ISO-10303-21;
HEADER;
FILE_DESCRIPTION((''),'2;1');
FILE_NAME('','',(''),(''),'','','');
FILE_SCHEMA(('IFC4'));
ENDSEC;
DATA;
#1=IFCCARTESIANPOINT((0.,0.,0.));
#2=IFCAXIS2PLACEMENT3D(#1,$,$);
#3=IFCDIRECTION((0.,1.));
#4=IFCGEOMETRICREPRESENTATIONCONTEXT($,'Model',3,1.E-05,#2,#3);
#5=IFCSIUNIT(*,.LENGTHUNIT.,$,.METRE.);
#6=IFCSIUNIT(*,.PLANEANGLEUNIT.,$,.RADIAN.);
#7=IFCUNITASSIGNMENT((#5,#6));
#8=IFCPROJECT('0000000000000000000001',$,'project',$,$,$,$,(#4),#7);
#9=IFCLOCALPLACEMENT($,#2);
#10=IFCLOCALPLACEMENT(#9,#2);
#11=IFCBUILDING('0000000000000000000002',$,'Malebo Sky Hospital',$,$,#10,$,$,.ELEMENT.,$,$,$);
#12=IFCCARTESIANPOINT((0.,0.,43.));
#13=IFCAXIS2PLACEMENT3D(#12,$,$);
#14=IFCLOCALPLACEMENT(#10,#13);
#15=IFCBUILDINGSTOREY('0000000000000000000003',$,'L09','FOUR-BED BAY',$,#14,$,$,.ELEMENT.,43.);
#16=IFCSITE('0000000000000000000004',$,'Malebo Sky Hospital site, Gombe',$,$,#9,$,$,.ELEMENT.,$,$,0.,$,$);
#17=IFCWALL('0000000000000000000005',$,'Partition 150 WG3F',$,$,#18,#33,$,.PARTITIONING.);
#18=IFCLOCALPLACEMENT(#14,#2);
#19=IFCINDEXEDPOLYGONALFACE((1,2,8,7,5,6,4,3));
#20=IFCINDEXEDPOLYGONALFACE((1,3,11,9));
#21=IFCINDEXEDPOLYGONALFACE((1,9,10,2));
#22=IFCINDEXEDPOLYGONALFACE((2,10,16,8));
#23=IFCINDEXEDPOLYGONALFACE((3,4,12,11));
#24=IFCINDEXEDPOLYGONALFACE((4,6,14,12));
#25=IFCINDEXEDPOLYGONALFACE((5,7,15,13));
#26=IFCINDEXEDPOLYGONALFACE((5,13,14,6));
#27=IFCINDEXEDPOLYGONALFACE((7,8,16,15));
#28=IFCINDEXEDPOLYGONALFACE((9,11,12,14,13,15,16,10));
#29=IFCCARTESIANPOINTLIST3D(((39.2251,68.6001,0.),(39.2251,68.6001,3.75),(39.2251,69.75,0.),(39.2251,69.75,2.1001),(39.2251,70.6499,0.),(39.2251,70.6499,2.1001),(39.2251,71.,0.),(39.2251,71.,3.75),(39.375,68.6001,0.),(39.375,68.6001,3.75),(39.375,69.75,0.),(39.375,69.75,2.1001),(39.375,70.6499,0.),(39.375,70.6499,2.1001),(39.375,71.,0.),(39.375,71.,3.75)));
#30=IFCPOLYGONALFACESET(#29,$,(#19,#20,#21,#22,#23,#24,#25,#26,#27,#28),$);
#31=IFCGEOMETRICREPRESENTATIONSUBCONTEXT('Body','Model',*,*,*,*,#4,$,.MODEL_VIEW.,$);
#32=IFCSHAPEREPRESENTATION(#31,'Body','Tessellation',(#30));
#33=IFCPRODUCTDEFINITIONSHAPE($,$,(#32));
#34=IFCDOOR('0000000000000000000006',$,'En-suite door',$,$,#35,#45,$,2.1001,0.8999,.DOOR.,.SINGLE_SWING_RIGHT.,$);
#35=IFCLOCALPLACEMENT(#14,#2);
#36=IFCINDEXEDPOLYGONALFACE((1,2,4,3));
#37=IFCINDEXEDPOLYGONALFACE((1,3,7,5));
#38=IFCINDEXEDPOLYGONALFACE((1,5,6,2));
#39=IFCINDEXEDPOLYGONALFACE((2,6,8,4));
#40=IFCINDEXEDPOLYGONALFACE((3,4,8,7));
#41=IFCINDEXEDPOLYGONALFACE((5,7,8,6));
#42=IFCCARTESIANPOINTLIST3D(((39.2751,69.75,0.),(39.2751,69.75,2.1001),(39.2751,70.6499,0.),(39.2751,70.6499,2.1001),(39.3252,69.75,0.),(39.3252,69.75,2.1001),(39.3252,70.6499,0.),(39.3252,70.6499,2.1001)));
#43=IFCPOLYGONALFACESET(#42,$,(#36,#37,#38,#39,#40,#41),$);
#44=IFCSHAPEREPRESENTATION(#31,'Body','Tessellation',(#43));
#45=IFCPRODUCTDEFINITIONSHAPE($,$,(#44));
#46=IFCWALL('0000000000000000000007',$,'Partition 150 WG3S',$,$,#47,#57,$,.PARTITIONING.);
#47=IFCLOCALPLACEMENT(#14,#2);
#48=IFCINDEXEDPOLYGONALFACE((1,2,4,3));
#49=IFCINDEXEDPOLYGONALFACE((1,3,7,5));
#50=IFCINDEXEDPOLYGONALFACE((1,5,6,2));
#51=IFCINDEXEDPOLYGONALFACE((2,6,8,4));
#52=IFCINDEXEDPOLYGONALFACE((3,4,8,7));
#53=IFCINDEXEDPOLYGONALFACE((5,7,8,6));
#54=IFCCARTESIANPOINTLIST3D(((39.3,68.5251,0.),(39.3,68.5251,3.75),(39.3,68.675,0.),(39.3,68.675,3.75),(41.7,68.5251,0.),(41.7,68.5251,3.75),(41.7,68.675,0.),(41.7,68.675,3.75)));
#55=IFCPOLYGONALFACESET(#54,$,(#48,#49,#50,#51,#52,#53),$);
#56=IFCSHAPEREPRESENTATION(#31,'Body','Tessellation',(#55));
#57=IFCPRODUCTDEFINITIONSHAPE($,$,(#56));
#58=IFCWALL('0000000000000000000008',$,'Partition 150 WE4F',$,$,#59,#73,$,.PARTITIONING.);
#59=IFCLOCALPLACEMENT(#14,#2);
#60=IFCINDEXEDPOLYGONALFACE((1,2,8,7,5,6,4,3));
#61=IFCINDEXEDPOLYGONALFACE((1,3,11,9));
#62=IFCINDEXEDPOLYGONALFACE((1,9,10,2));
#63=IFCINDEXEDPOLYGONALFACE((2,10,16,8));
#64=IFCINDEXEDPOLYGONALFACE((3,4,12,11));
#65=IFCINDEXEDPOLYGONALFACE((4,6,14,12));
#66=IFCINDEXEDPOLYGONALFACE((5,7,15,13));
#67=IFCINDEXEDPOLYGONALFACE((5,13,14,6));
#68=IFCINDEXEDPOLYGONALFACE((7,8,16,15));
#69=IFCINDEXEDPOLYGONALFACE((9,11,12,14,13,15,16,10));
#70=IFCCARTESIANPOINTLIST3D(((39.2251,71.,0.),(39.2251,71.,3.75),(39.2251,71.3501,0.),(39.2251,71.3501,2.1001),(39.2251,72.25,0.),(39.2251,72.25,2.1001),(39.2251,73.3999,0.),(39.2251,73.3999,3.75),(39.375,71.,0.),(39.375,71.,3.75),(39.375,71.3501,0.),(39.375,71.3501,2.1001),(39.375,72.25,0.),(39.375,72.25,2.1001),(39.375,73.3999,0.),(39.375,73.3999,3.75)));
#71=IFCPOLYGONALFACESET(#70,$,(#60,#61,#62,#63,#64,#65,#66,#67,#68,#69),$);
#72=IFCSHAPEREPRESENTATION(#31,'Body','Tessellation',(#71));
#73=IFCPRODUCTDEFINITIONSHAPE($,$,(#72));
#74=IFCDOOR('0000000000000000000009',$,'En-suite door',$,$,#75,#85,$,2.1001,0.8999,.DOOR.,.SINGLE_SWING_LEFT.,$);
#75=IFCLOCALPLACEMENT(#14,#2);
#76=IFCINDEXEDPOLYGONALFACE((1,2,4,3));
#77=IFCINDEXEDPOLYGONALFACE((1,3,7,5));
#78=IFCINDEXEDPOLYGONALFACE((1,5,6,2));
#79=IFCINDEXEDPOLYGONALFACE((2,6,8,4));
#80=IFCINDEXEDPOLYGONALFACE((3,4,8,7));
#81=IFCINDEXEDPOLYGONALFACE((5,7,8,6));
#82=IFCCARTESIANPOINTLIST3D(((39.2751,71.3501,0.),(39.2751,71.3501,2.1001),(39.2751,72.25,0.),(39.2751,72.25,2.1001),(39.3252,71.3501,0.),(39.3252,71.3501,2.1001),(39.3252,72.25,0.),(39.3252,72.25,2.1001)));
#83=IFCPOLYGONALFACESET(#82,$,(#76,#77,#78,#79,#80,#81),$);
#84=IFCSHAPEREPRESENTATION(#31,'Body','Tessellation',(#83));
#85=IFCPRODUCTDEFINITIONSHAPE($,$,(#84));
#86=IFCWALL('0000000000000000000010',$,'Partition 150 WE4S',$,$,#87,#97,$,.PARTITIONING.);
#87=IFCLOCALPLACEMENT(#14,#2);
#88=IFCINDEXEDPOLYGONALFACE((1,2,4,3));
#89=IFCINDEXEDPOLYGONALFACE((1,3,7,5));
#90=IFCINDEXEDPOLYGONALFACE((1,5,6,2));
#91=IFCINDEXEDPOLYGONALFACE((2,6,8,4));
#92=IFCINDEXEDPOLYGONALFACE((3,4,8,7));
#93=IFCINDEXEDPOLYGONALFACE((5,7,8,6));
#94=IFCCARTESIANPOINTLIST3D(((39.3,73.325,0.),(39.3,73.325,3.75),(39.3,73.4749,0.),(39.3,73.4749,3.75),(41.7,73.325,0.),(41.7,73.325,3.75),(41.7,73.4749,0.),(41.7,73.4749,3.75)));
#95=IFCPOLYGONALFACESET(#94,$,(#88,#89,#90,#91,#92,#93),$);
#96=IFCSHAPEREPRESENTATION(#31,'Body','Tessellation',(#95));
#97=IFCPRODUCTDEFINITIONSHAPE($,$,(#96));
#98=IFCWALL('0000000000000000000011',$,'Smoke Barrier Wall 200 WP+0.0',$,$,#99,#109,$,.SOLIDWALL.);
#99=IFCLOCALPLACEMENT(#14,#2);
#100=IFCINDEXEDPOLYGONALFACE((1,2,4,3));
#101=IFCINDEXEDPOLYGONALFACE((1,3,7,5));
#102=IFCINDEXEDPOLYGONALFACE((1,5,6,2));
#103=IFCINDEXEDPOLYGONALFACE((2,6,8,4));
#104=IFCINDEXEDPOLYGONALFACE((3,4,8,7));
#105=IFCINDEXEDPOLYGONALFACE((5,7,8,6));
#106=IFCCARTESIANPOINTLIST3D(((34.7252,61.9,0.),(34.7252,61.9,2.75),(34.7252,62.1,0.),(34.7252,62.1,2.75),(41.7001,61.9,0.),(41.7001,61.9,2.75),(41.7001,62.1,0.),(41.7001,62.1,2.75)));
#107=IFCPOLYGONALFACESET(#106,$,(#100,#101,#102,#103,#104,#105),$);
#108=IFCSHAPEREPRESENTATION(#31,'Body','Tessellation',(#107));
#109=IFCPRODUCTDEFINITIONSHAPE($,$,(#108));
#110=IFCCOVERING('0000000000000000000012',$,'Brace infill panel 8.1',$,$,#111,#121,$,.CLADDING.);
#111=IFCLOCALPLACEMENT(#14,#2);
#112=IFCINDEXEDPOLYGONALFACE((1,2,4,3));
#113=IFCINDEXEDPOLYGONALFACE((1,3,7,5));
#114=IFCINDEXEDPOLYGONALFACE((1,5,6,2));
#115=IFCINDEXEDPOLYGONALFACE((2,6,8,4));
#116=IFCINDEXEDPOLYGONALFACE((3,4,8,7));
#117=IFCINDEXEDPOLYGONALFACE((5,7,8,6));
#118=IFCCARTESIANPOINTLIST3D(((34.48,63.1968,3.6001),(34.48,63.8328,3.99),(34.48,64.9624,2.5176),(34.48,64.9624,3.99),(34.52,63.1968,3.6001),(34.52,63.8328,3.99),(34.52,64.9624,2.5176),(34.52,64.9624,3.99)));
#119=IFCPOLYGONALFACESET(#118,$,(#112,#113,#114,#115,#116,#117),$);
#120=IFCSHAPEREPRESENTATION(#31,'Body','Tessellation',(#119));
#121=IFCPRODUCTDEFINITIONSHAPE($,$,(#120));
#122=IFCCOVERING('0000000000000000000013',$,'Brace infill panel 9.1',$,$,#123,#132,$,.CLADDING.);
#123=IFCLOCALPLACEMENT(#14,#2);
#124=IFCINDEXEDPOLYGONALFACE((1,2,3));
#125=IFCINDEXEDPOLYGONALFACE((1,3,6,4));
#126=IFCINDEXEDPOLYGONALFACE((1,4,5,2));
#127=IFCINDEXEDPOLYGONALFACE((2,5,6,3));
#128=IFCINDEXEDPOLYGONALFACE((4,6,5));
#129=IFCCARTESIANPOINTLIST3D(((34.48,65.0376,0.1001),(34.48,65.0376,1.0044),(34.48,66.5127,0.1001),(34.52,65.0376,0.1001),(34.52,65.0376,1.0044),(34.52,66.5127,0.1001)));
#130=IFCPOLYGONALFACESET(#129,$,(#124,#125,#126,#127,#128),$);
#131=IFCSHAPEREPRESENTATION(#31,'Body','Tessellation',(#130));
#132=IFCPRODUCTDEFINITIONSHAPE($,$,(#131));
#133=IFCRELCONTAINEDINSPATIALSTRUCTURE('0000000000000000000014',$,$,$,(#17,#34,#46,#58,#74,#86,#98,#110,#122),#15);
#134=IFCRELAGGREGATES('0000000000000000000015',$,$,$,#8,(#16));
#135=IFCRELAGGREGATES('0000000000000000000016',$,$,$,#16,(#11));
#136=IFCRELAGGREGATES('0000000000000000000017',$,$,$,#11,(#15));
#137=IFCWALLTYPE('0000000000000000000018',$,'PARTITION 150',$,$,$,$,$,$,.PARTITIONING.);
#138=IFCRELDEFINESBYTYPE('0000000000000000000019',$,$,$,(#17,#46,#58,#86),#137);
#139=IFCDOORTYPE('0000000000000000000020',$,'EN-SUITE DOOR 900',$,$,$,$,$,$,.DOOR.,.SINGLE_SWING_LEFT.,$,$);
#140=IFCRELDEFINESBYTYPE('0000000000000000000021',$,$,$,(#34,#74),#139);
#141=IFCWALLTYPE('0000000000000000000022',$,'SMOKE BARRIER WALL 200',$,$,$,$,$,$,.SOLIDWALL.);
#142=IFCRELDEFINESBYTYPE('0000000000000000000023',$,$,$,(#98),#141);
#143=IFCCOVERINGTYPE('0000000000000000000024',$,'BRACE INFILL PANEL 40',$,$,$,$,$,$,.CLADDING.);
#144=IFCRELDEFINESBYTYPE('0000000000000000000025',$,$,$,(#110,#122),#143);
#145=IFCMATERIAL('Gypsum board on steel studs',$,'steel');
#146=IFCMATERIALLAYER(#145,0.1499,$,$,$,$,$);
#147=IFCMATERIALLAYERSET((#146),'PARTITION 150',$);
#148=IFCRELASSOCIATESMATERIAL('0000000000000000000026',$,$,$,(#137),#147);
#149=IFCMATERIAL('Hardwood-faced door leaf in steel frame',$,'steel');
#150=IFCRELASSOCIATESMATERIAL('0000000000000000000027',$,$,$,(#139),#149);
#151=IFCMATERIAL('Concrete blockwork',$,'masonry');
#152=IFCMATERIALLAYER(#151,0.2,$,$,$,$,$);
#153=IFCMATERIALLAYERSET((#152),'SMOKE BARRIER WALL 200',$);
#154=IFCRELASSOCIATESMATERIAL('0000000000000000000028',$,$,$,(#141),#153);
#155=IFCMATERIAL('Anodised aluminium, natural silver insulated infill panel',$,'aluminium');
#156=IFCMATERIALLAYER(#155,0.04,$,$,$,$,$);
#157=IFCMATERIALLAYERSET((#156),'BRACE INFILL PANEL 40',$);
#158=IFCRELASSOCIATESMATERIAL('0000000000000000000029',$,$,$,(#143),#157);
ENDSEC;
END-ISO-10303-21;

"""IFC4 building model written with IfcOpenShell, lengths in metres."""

from ifc_helpers import new_model, si_unit, direction, frame, frame_2d, origin, place, context, subcontext, project, spatial, polyline, rectangle, outline, extrude, material, layer, layer_set, type_object, element, fill, save


model = new_model("IFC4")

# Units and contexts
model_context = context("Model", 3, precision=1e-05, world=origin(), true_north=direction((0.0, 1.0)))
body_context = subcontext(model_context, "Body", "Model", "MODEL_VIEW")
ifc_project = project(units=[si_unit("LENGTHUNIT", "METRE"), si_unit("PLANEANGLEUNIT", "RADIAN")], contexts=[model_context])

# Site, building, storey
site_placement = place(None, origin())
site = spatial("IfcSite", under=ifc_project, at=site_placement, Name="Malebo Sky Hospital site, Gombe", CompositionType="ELEMENT", RefElevation=0.0)
building_placement = place(site_placement, origin())
building = spatial("IfcBuilding", under=site, at=building_placement, Name="Malebo Sky Hospital", CompositionType="ELEMENT")
storey_placement = place(building_placement, frame((0.0, 0.0, 43.0)))
storey = spatial("IfcBuildingStorey", under=building, at=storey_placement, Name="L09", Description="FOUR-BED BAY", CompositionType="ELEMENT", Elevation=43.0)

# Shared definitions
ifc_material_1 = material(Name="Gypsum board on steel studs", Category="steel")
ifc_layer_1 = layer(ifc_material_1, 0.1499)
ifc_layer_set_1 = layer_set([ifc_layer_1], Name="PARTITION 150")
wall_type_1 = type_object("IfcWallType", Name="PARTITION 150", PredefinedType="PARTITIONING", material=ifc_layer_set_1)

# Shared definitions
ifc_material_2 = material(Name="Hardwood-faced door leaf in steel frame", Category="steel")
door_type = type_object("IfcDoorType", Name="EN-SUITE DOOR 900", OperationType="SINGLE_SWING_LEFT", PredefinedType="DOOR", material=ifc_material_2)

# Wall, opening, door
wall_1_placement = place(storey_placement, frame((39.3, 68.6001, 0.0), z_axis=(0.0, 0.0, 1.0), x_axis=(0.0, 1.0, 0.0)))
wall_1 = element("IfcWall", 1, at=wall_1_placement, inside=storey, type_object=wall_type_1, Name="Partition 150 WG3F", PredefinedType="PARTITIONING", context=body_context, shape_type="SweptSolid", body=[
    extrude(rectangle(XDim=2.3999, YDim=0.1499, at=frame_2d((1.2, 0.0))), origin(), (0.0, 0.0, 1.0), 3.75),
])
opening_1_placement = place(wall_1_placement, frame((1.1499, 0.0, 0.0)))
opening_1 = element("IfcOpeningElement", 2, at=opening_1_placement, cuts=wall_1, PredefinedType="OPENING", context=body_context, shape_type="SweptSolid", body=[
    extrude(rectangle(XDim=0.8999, YDim=2.1001, at=frame_2d((0.45, 1.05))), frame((0.0, 0.085, 0.0), z_axis=(0.0, -1.0, 0.0), x_axis=(1.0, 0.0, 0.0)), (0.0, 0.0, 1.0), 0.1699),
])
door_1_placement = place(opening_1_placement, origin())
door_1 = element("IfcDoor", 3, at=door_1_placement, inside=storey, type_object=door_type, Name="En-suite door", OperationType="SINGLE_SWING_RIGHT", OverallHeight=2.1001, OverallWidth=0.8999, PredefinedType="DOOR", context=body_context, shape_type="SweptSolid", body=[
    extrude(rectangle(XDim=0.8999, YDim=2.1001, at=frame_2d((0.45, 1.05))), frame((0.0, 0.0249, 0.0), z_axis=(0.0, -1.0, 0.0), x_axis=(1.0, 0.0, 0.0)), (0.0, 0.0, 1.0), 0.05),
])
fill(opening_1, door_1)

# Wall
wall_2_placement = place(storey_placement, frame((41.7, 68.6001, 0.0), z_axis=(0.0, 0.0, 1.0), x_axis=(-1.0, 0.0, 0.0)))
element("IfcWall", 4, at=wall_2_placement, inside=storey, type_object=wall_type_1, Name="Partition 150 WG3S", PredefinedType="PARTITIONING", context=body_context, shape_type="SweptSolid", body=[
    extrude(rectangle(XDim=2.3999, YDim=0.1499, at=frame_2d((1.2, 0.0))), origin(), (0.0, 0.0, 1.0), 3.75),
])

# Wall, opening, door
wall_3_placement = place(storey_placement, frame((39.3, 71.0, 0.0), z_axis=(0.0, 0.0, 1.0), x_axis=(0.0, 1.0, 0.0)))
wall_3 = element("IfcWall", 5, at=wall_3_placement, inside=storey, type_object=wall_type_1, Name="Partition 150 WE4F", PredefinedType="PARTITIONING", context=body_context, shape_type="SweptSolid", body=[
    extrude(rectangle(XDim=2.3999, YDim=0.1499, at=frame_2d((1.2, 0.0))), origin(), (0.0, 0.0, 1.0), 3.75),
])
opening_2_placement = place(wall_3_placement, frame((0.3501, 0.0, 0.0)))
opening_2 = element("IfcOpeningElement", 6, at=opening_2_placement, cuts=wall_3, PredefinedType="OPENING", context=body_context, shape_type="SweptSolid", body=[
    extrude(rectangle(XDim=0.8999, YDim=2.1001, at=frame_2d((0.45, 1.05))), frame((0.0, 0.085, 0.0), z_axis=(0.0, -1.0, 0.0), x_axis=(1.0, 0.0, 0.0)), (0.0, 0.0, 1.0), 0.1699),
])
door_2_placement = place(opening_2_placement, origin())
door_2 = element("IfcDoor", 7, at=door_2_placement, inside=storey, type_object=door_type, Name="En-suite door", OperationType="SINGLE_SWING_LEFT", OverallHeight=2.1001, OverallWidth=0.8999, PredefinedType="DOOR", context=body_context, shape_type="SweptSolid", body=[
    extrude(rectangle(XDim=0.8999, YDim=2.1001, at=frame_2d((0.45, 1.05))), frame((0.0, 0.0249, 0.0), z_axis=(0.0, -1.0, 0.0), x_axis=(1.0, 0.0, 0.0)), (0.0, 0.0, 1.0), 0.05),
])
fill(opening_2, door_2)

# Walls
wall_4_placement = place(storey_placement, frame((41.7, 73.3999, 0.0), z_axis=(0.0, 0.0, 1.0), x_axis=(-1.0, 0.0, 0.0)))
element("IfcWall", 8, at=wall_4_placement, inside=storey, type_object=wall_type_1, Name="Partition 150 WE4S", PredefinedType="PARTITIONING", context=body_context, shape_type="SweptSolid", body=[
    extrude(rectangle(XDim=2.3999, YDim=0.1499, at=frame_2d((1.2, 0.0))), origin(), (0.0, 0.0, 1.0), 3.75),
])
ifc_material_3 = material(Name="Concrete blockwork", Category="masonry")
ifc_layer_2 = layer(ifc_material_3, 0.2)
ifc_layer_set_2 = layer_set([ifc_layer_2], Name="SMOKE BARRIER WALL 200")
wall_type_2 = type_object("IfcWallType", Name="SMOKE BARRIER WALL 200", PredefinedType="SOLIDWALL", material=ifc_layer_set_2)
wall_5_placement = place(storey_placement, frame((41.7, 62.0, 0.0), z_axis=(0.0, 0.0, 1.0), x_axis=(-1.0, 0.0, 0.0)))
element("IfcWall", 9, at=wall_5_placement, inside=storey, type_object=wall_type_2, Name="Smoke Barrier Wall 200 WP+0.0", PredefinedType="SOLIDWALL", context=body_context, shape_type="SweptSolid", body=[
    extrude(rectangle(XDim=6.9749, YDim=0.2, at=frame_2d((3.4873, 0.0))), origin(), (0.0, 0.0, 1.0), 2.75),
])

# Coverings
ifc_material_4 = material(Name="Anodised aluminium, natural silver insulated infill panel", Category="aluminium")
ifc_layer_3 = layer(ifc_material_4, 0.04)
ifc_layer_set_3 = layer_set([ifc_layer_3], Name="BRACE INFILL PANEL 40")
covering_type = type_object("IfcCoveringType", Name="BRACE INFILL PANEL 40", PredefinedType="CLADDING", material=ifc_layer_set_3)
covering_1_placement = place(storey_placement, frame((34.5, 64.0796, 2.5176), z_axis=(0.0, 0.0, 1.0), x_axis=(0.0, 1.0, 0.0)))
element("IfcCovering", 10, at=covering_1_placement, inside=storey, type_object=covering_type, Name="Brace infill panel 8.1", PredefinedType="CLADDING", context=body_context, shape_type="SweptSolid", body=[
    extrude(outline(polyline([(0.8828, 0.0), (0.8828, 1.4724), (-0.2468, 1.4724), (-0.8828, 1.0825), (0.8828, 0.0)])), frame((0.0, 0.02, 0.0), z_axis=(0.0, -1.0, 0.0), x_axis=(1.0, 0.0, 0.0)), (0.0, 0.0, 1.0), 0.04),
])
covering_2_placement = place(storey_placement, frame((34.5, 65.7751, 0.1001), z_axis=(0.0, 0.0, 1.0), x_axis=(0.0, 1.0, 0.0)))
element("IfcCovering", 11, at=covering_2_placement, inside=storey, type_object=covering_type, Name="Brace infill panel 9.1", PredefinedType="CLADDING", context=body_context, shape_type="SweptSolid", body=[
    extrude(outline(polyline([(-0.7375, 0.0), (0.7375, 0.0), (-0.7375, 0.9043), (-0.7375, 0.0)])), frame((0.0, 0.02, 0.0), z_axis=(0.0, -1.0, 0.0), x_axis=(1.0, 0.0, 0.0)), (0.0, 0.0, 1.0), 0.04),
])

save(model, "model.ifc")
